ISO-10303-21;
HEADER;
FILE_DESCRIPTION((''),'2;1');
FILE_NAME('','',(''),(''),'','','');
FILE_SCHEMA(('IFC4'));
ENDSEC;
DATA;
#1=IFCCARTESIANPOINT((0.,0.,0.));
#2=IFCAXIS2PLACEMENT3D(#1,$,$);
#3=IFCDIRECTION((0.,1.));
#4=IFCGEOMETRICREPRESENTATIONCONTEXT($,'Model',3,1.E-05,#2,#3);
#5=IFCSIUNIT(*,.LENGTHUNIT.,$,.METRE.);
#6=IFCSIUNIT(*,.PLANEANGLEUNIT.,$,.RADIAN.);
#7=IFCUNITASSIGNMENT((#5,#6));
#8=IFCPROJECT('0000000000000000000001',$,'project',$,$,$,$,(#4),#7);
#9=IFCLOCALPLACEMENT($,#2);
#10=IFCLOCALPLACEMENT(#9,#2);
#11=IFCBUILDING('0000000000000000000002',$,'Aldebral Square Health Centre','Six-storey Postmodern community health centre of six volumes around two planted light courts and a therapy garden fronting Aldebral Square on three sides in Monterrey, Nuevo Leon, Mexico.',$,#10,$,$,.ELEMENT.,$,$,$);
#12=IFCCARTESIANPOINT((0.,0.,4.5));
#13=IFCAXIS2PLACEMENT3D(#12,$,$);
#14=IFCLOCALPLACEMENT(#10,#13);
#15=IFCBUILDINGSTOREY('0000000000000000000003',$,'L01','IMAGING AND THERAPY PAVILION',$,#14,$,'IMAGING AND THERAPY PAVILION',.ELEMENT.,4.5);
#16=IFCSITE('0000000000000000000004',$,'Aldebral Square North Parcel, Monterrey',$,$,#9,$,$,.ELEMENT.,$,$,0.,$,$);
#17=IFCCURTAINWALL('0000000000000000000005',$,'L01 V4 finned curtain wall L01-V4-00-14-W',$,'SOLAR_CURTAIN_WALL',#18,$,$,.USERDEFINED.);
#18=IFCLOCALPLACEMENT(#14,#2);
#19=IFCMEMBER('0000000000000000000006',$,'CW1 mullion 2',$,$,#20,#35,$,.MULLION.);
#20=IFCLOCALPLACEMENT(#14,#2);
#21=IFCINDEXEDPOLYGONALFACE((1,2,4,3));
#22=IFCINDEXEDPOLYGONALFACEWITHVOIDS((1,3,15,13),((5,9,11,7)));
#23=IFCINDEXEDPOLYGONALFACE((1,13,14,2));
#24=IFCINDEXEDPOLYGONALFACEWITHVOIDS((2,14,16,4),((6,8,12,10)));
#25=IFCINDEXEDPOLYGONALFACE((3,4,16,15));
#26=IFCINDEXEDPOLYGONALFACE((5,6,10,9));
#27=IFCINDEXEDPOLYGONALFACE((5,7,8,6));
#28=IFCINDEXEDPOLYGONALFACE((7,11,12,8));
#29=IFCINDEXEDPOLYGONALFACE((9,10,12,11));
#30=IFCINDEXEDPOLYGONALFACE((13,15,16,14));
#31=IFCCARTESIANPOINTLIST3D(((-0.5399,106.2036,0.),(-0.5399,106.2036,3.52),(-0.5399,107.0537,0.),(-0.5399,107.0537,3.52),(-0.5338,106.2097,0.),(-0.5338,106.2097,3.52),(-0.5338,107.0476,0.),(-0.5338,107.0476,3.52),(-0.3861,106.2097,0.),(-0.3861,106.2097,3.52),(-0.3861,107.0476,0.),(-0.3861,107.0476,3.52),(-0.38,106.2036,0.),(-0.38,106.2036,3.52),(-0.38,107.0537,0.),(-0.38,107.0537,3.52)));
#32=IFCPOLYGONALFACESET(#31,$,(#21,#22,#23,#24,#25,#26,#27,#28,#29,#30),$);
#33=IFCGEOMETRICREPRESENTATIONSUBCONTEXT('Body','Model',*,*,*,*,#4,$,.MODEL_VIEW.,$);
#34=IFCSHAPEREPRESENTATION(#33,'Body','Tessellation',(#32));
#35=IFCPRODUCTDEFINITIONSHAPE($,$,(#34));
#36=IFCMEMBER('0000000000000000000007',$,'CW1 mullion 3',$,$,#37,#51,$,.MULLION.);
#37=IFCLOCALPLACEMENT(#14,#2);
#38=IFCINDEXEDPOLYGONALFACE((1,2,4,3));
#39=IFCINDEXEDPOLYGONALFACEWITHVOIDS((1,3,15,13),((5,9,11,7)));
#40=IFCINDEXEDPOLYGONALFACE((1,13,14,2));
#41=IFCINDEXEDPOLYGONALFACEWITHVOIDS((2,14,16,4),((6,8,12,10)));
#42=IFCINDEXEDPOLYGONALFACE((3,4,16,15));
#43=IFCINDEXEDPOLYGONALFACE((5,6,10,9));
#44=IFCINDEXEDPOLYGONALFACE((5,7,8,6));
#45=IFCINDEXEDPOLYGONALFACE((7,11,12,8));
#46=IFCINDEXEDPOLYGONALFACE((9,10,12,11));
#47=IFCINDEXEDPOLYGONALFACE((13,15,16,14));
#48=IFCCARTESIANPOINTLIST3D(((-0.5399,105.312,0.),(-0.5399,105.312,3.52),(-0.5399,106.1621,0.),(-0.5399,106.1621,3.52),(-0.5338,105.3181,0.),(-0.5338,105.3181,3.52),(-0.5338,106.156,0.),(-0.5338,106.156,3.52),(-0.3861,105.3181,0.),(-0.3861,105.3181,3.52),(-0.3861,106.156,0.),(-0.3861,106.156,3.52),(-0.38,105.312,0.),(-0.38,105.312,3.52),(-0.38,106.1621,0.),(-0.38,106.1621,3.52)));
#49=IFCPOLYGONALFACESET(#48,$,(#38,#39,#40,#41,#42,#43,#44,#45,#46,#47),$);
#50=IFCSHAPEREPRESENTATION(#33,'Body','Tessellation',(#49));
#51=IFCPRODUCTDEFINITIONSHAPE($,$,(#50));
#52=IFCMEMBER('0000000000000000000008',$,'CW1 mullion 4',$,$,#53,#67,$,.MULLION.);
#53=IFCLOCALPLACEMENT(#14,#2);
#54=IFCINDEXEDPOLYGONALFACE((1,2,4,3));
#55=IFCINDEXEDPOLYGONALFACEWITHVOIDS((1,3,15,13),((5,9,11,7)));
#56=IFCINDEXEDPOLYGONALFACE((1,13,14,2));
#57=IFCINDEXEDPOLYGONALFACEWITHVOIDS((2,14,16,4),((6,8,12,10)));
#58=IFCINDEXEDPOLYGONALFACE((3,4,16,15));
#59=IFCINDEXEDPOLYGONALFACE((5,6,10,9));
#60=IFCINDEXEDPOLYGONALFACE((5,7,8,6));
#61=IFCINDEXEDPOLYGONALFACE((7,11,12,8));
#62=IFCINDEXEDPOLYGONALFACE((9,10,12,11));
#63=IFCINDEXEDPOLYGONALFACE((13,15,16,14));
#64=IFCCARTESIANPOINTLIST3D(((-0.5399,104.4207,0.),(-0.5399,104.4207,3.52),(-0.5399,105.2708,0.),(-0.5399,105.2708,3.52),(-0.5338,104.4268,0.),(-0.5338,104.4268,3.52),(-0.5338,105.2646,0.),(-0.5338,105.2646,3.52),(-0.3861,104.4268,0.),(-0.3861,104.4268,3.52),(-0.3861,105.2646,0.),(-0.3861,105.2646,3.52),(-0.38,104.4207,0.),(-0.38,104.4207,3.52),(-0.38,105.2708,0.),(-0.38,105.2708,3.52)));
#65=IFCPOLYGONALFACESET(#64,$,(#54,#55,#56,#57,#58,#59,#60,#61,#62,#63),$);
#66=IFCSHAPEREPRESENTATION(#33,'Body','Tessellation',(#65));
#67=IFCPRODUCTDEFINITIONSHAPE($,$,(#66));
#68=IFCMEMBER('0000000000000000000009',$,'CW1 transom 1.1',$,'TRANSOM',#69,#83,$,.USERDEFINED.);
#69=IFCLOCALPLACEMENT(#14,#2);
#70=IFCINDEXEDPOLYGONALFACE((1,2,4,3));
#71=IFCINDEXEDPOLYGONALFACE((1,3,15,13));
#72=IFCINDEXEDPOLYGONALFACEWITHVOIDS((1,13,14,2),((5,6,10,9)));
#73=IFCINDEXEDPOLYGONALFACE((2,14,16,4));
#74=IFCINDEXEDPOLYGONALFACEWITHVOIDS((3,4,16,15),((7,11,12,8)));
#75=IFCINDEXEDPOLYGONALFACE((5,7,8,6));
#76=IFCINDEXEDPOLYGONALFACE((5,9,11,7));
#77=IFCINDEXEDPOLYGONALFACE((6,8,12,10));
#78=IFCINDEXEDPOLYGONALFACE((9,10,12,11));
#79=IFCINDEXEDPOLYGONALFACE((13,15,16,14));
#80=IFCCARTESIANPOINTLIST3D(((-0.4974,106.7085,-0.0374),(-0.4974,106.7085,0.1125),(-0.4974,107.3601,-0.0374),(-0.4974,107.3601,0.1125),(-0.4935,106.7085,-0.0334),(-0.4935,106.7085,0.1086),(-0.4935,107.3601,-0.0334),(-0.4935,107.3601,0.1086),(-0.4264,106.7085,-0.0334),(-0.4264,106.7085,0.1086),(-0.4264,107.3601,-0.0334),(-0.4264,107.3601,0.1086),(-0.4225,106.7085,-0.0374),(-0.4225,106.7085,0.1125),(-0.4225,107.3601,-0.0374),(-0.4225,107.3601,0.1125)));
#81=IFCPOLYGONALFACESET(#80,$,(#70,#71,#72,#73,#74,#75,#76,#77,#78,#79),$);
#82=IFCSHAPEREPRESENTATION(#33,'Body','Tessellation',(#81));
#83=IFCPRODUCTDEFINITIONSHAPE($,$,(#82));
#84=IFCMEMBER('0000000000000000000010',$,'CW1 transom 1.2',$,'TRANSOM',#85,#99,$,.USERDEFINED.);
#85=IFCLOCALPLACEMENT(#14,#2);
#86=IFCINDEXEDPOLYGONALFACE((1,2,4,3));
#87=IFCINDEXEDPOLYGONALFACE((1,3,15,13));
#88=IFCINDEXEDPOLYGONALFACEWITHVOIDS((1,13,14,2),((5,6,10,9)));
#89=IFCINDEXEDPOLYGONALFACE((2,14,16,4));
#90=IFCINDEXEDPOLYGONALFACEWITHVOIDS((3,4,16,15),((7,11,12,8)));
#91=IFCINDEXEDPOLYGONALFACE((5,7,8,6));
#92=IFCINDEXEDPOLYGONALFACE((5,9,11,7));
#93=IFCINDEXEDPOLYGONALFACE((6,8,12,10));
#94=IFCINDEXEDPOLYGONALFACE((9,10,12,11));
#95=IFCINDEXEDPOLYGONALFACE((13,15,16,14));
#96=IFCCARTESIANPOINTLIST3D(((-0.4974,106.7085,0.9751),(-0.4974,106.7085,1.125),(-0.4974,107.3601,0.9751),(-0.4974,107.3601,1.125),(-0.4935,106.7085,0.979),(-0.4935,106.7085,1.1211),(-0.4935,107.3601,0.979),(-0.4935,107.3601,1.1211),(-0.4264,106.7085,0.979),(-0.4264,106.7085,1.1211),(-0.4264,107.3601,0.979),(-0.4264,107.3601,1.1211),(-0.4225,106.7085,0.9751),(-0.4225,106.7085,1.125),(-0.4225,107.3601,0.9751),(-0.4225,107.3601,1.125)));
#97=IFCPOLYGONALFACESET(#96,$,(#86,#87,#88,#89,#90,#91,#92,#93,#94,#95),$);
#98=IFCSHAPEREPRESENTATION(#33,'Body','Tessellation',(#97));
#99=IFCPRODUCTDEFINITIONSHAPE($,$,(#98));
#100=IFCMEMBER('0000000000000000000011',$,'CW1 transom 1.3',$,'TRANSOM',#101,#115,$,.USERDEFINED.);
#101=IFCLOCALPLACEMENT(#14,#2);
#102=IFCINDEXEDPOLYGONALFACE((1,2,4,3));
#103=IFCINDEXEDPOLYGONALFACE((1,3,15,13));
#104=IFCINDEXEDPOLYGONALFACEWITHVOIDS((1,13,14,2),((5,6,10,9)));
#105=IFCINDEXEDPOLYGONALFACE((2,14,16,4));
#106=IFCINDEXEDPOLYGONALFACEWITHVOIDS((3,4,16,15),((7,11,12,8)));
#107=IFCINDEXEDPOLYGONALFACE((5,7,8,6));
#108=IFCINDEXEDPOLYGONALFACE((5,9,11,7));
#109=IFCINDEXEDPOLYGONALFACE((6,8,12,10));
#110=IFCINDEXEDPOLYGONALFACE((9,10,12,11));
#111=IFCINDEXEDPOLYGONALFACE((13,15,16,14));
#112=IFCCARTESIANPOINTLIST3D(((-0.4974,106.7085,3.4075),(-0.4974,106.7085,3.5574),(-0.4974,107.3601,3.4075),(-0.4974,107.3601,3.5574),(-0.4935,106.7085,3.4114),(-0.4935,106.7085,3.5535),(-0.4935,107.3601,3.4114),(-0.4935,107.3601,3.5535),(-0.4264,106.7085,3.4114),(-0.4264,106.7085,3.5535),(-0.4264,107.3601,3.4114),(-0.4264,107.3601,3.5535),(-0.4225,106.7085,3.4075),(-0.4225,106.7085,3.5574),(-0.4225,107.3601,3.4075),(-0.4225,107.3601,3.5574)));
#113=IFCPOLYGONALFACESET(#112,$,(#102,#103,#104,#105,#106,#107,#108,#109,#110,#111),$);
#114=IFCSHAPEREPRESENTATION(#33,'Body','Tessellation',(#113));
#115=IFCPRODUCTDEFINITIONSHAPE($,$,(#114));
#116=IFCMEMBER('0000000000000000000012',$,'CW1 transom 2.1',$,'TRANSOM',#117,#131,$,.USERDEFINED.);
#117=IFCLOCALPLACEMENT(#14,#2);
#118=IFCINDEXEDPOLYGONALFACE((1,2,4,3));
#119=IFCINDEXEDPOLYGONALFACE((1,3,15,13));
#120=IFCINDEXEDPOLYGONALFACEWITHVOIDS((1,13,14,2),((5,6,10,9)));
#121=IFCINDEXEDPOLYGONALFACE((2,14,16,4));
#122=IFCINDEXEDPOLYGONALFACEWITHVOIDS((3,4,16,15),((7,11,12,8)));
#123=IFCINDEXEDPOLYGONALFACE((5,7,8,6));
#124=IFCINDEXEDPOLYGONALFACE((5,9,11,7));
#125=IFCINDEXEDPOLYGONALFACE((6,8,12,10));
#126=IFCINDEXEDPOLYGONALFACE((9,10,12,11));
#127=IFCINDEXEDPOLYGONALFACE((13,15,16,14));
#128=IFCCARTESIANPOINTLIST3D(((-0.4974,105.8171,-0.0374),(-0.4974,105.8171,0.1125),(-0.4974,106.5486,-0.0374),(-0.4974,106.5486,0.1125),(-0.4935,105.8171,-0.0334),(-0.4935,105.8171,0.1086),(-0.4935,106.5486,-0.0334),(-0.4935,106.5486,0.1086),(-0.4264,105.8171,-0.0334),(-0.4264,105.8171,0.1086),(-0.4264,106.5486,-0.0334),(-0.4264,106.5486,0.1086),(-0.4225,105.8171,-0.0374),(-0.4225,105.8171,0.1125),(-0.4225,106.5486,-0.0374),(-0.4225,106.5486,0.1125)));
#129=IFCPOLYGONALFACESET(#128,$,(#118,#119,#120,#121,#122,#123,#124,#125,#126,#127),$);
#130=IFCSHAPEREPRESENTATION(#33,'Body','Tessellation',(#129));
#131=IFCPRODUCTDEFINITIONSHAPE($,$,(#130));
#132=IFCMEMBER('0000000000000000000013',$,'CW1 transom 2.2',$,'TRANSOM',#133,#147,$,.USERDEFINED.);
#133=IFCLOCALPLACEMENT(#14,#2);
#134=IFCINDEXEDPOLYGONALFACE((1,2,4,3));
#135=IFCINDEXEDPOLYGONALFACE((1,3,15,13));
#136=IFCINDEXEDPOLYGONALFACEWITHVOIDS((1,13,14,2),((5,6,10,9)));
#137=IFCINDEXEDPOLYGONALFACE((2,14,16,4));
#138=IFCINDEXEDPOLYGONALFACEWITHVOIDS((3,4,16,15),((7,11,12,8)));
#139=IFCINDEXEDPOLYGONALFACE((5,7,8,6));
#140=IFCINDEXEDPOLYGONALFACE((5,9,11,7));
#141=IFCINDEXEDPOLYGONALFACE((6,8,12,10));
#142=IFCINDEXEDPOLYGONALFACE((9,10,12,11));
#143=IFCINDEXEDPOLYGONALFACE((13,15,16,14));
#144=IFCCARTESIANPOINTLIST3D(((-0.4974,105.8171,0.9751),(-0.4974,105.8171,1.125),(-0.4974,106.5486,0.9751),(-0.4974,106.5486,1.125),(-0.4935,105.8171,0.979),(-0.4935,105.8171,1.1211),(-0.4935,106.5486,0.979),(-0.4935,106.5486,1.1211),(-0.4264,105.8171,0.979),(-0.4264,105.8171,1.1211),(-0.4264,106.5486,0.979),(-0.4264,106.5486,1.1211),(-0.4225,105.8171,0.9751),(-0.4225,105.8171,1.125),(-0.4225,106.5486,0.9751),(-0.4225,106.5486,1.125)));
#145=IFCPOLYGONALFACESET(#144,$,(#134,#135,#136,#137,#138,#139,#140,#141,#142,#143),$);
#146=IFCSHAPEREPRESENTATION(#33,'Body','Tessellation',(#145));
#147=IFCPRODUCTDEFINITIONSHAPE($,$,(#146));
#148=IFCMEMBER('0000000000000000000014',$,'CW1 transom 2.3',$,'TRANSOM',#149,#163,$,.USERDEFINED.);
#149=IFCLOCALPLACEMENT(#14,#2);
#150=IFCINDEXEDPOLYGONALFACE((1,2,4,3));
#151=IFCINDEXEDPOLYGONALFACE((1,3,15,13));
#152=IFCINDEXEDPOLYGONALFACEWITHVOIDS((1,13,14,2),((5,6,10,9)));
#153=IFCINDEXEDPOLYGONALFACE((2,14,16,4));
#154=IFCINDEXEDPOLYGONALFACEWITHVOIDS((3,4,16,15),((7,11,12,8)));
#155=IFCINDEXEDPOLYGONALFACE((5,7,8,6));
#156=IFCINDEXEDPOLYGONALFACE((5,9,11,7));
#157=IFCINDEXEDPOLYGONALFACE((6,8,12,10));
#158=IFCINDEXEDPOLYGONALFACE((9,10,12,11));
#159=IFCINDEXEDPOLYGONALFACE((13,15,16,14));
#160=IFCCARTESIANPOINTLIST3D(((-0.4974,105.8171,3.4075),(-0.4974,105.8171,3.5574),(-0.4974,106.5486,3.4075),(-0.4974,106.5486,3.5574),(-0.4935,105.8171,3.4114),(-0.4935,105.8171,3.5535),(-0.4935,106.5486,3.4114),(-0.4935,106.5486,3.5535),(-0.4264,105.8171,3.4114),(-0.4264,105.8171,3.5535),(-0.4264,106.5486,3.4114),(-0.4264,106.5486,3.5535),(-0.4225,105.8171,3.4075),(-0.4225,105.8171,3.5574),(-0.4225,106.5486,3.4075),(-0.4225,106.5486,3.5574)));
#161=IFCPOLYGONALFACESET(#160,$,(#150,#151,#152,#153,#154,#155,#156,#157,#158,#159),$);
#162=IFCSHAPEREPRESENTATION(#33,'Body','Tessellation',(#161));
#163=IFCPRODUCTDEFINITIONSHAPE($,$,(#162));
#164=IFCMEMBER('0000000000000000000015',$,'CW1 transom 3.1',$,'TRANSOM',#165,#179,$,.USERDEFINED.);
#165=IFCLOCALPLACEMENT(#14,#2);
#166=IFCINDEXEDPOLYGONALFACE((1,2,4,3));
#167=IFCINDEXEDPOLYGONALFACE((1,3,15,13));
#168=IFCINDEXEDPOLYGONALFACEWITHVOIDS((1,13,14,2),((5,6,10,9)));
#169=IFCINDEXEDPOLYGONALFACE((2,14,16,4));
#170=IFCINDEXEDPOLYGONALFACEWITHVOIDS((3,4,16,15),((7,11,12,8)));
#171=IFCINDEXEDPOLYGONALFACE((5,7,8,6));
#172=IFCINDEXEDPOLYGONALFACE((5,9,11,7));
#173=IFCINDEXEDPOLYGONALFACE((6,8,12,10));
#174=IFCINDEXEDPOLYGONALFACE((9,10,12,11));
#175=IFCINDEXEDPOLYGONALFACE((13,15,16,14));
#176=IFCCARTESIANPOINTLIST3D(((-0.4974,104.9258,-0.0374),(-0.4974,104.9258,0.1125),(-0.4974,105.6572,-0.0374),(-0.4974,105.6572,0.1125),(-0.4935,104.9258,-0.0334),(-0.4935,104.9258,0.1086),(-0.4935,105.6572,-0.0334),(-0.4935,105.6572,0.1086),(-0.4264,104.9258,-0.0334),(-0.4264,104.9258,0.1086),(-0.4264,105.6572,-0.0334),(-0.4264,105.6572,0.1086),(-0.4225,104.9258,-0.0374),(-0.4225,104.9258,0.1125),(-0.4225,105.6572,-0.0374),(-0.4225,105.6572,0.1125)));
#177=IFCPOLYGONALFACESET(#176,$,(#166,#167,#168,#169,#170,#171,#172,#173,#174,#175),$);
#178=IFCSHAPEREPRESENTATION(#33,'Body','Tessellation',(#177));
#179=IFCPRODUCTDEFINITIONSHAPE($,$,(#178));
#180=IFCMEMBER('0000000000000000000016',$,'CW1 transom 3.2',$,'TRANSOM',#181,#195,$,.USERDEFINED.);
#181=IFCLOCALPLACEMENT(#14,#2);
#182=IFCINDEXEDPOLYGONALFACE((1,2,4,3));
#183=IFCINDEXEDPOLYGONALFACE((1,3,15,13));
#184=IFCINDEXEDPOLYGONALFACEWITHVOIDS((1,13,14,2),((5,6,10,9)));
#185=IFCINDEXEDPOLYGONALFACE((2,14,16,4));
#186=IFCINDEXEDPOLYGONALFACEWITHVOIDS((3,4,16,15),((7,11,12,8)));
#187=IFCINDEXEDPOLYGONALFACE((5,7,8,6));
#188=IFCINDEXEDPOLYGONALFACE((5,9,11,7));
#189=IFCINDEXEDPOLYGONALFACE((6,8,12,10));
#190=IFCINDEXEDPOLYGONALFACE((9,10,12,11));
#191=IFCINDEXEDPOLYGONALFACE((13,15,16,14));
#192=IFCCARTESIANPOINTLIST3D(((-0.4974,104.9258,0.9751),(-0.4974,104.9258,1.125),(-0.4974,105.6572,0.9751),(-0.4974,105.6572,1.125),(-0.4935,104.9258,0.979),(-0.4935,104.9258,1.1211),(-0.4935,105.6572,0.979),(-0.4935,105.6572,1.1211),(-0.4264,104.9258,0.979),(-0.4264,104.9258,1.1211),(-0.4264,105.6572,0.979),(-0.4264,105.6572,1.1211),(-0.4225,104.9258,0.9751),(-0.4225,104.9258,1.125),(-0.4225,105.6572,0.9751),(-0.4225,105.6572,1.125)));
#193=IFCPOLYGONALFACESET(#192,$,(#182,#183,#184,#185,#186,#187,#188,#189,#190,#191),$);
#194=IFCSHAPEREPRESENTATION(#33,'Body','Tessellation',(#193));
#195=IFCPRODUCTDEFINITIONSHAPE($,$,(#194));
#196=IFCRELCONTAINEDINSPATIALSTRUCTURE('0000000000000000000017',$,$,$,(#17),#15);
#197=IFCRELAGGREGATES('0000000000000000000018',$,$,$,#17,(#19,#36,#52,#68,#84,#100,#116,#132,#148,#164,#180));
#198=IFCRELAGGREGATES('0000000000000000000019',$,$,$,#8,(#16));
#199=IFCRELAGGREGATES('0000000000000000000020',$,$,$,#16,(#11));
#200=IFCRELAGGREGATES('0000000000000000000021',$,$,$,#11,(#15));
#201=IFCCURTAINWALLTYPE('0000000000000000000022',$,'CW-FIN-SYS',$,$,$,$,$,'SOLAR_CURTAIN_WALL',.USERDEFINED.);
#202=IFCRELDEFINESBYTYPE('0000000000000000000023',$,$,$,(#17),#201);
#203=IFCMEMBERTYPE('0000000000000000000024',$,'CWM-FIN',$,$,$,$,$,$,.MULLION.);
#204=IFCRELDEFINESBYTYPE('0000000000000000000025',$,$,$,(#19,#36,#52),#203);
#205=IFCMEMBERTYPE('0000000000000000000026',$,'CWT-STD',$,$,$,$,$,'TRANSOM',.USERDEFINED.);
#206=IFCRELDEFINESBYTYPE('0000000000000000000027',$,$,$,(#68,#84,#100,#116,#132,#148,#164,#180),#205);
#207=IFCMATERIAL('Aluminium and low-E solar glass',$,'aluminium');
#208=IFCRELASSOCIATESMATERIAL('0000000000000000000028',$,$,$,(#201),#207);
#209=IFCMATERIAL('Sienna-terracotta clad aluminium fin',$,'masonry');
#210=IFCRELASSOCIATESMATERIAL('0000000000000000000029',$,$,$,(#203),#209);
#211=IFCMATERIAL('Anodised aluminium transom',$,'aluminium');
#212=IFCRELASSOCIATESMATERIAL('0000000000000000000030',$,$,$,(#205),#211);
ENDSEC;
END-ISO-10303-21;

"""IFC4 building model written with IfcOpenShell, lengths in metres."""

from ifc_helpers import new_model, si_unit, direction, frame, origin, origin_2d, place, context, subcontext, project, spatial, hollow_rectangle, extrude, material, material_profile, profile_set, type_object, element, aggregate, save


model = new_model("IFC4")

# Units and contexts
model_context = context("Model", 3, precision=1e-05, world=origin(), true_north=direction((0.0, 1.0)))
body_context = subcontext(model_context, "Body", "Model", "MODEL_VIEW")
ifc_project = project(units=[si_unit("LENGTHUNIT", "METRE"), si_unit("PLANEANGLEUNIT", "RADIAN")], contexts=[model_context])

# Site, building, storey
site_placement = place(None, origin())
site = spatial("IfcSite", under=ifc_project, at=site_placement, Name="Aldebral Square North Parcel, Monterrey", CompositionType="ELEMENT", RefElevation=0.0)
building_placement = place(site_placement, origin())
building = spatial("IfcBuilding", under=site, at=building_placement, Name="Aldebral Square Health Centre", Description="Six-storey Postmodern community health centre of six volumes around two planted light courts and a therapy garden fronting Aldebral Square on three sides in Monterrey, Nuevo Leon, Mexico.", CompositionType="ELEMENT")
storey_placement = place(building_placement, frame((0.0, 0.0, 4.5)))
storey = spatial("IfcBuildingStorey", under=building, at=storey_placement, Name="L01", Description="IMAGING AND THERAPY PAVILION", LongName="IMAGING AND THERAPY PAVILION", CompositionType="ELEMENT", Elevation=4.5)

# Curtain wall, members
ifc_material_1 = material(Name="Aluminium and low-E solar glass", Category="aluminium")
curtain_wall_type = type_object("IfcCurtainWallType", Name="CW-FIN-SYS", ElementType="SOLAR_CURTAIN_WALL", PredefinedType="USERDEFINED", material=ifc_material_1)
curtain_wall_placement = place(storey_placement, origin())
curtain_wall = element("IfcCurtainWall", 1, at=curtain_wall_placement, inside=storey, type_object=curtain_wall_type, Name="L01 V4 finned curtain wall L01-V4-00-14-W", ObjectType="SOLAR_CURTAIN_WALL", PredefinedType="USERDEFINED")
ifc_material_2 = material(Name="Sienna-terracotta clad aluminium fin", Category="masonry")
ifc_material_profile_1 = material_profile(ifc_material_2, hollow_rectangle(XDim=0.1599, YDim=0.8501, WallThickness=0.0061, at=origin_2d()), Name="FIN 160x850x6")
ifc_profile_set_1 = profile_set([ifc_material_profile_1], Name="Sienna-terracotta clad aluminium fin")
member_type_1 = type_object("IfcMemberType", Name="CWM-FIN", PredefinedType="MULLION", material=ifc_profile_set_1)
member_1_placement = place(storey_placement, frame((-0.46, 106.6287, 0.0), z_axis=(0.0, 0.0, 1.0), x_axis=(1.0, 0.0, 0.0)))
member_1 = element("IfcMember", 2, at=member_1_placement, type_object=member_type_1, Name="CW1 mullion 2", PredefinedType="MULLION", context=body_context, shape_type="SweptSolid", body=[
    extrude(hollow_rectangle(XDim=0.1599, YDim=0.8501, WallThickness=0.0061, at=origin_2d()), origin(), (0.0, 0.0, 1.0), 3.52),
])
member_2_placement = place(storey_placement, frame((-0.46, 105.7371, 0.0), z_axis=(0.0, 0.0, 1.0), x_axis=(1.0, 0.0, 0.0)))
member_2 = element("IfcMember", 3, at=member_2_placement, type_object=member_type_1, Name="CW1 mullion 3", PredefinedType="MULLION", context=body_context, shape_type="SweptSolid", body=[
    extrude(hollow_rectangle(XDim=0.1599, YDim=0.8501, WallThickness=0.0061, at=origin_2d()), origin(), (0.0, 0.0, 1.0), 3.52),
])
member_3_placement = place(storey_placement, frame((-0.46, 104.8457, 0.0), z_axis=(0.0, 0.0, 1.0), x_axis=(1.0, 0.0, 0.0)))
member_3 = element("IfcMember", 4, at=member_3_placement, type_object=member_type_1, Name="CW1 mullion 4", PredefinedType="MULLION", context=body_context, shape_type="SweptSolid", body=[
    extrude(hollow_rectangle(XDim=0.1599, YDim=0.8501, WallThickness=0.0061, at=origin_2d()), origin(), (0.0, 0.0, 1.0), 3.52),
])
ifc_material_3 = material(Name="Anodised aluminium transom", Category="aluminium")
ifc_material_profile_2 = material_profile(ifc_material_3, hollow_rectangle(XDim=0.075, YDim=0.1499, WallThickness=0.0039, at=origin_2d()), Name="CWT 75x150x4")
ifc_profile_set_2 = profile_set([ifc_material_profile_2], Name="Anodised aluminium transom")
member_type_2 = type_object("IfcMemberType", Name="CWT-STD", ElementType="TRANSOM", PredefinedType="USERDEFINED", material=ifc_profile_set_2)
member_4_placement = place(storey_placement, frame((-0.46, 107.3601, 0.0376), z_axis=(0.0, -1.0, 0.0), x_axis=(1.0, 0.0, 0.0)))
member_4 = element("IfcMember", 5, at=member_4_placement, type_object=member_type_2, Name="CW1 transom 1.1", ObjectType="TRANSOM", PredefinedType="USERDEFINED", context=body_context, shape_type="SweptSolid", body=[
    extrude(hollow_rectangle(XDim=0.075, YDim=0.1499, WallThickness=0.0039, at=origin_2d()), origin(), (0.0, 0.0, 1.0), 0.6516),
])
member_5_placement = place(storey_placement, frame((-0.46, 107.3601, 1.05), z_axis=(0.0, -1.0, 0.0), x_axis=(1.0, 0.0, 0.0)))
member_5 = element("IfcMember", 6, at=member_5_placement, type_object=member_type_2, Name="CW1 transom 1.2", ObjectType="TRANSOM", PredefinedType="USERDEFINED", context=body_context, shape_type="SweptSolid", body=[
    extrude(hollow_rectangle(XDim=0.075, YDim=0.1499, WallThickness=0.0039, at=origin_2d()), origin(), (0.0, 0.0, 1.0), 0.6516),
])
member_6_placement = place(storey_placement, frame((-0.46, 107.3601, 3.4824), z_axis=(0.0, -1.0, 0.0), x_axis=(1.0, 0.0, 0.0)))
member_6 = element("IfcMember", 7, at=member_6_placement, type_object=member_type_2, Name="CW1 transom 1.3", ObjectType="TRANSOM", PredefinedType="USERDEFINED", context=body_context, shape_type="SweptSolid", body=[
    extrude(hollow_rectangle(XDim=0.075, YDim=0.1499, WallThickness=0.0039, at=origin_2d()), origin(), (0.0, 0.0, 1.0), 0.6516),
])
member_7_placement = place(storey_placement, frame((-0.46, 106.5486, 0.0376), z_axis=(0.0, -1.0, 0.0), x_axis=(1.0, 0.0, 0.0)))
member_7 = element("IfcMember", 8, at=member_7_placement, type_object=member_type_2, Name="CW1 transom 2.1", ObjectType="TRANSOM", PredefinedType="USERDEFINED", context=body_context, shape_type="SweptSolid", body=[
    extrude(hollow_rectangle(XDim=0.075, YDim=0.1499, WallThickness=0.0039, at=origin_2d()), origin(), (0.0, 0.0, 1.0), 0.7314),
])
member_8_placement = place(storey_placement, frame((-0.46, 106.5486, 1.05), z_axis=(0.0, -1.0, 0.0), x_axis=(1.0, 0.0, 0.0)))
member_8 = element("IfcMember", 9, at=member_8_placement, type_object=member_type_2, Name="CW1 transom 2.2", ObjectType="TRANSOM", PredefinedType="USERDEFINED", context=body_context, shape_type="SweptSolid", body=[
    extrude(hollow_rectangle(XDim=0.075, YDim=0.1499, WallThickness=0.0039, at=origin_2d()), origin(), (0.0, 0.0, 1.0), 0.7314),
])
member_9_placement = place(storey_placement, frame((-0.46, 106.5486, 3.4824), z_axis=(0.0, -1.0, 0.0), x_axis=(1.0, 0.0, 0.0)))
member_9 = element("IfcMember", 10, at=member_9_placement, type_object=member_type_2, Name="CW1 transom 2.3", ObjectType="TRANSOM", PredefinedType="USERDEFINED", context=body_context, shape_type="SweptSolid", body=[
    extrude(hollow_rectangle(XDim=0.075, YDim=0.1499, WallThickness=0.0039, at=origin_2d()), origin(), (0.0, 0.0, 1.0), 0.7314),
])
member_10_placement = place(storey_placement, frame((-0.46, 105.6572, 0.0376), z_axis=(0.0, -1.0, 0.0), x_axis=(1.0, 0.0, 0.0)))
member_10 = element("IfcMember", 11, at=member_10_placement, type_object=member_type_2, Name="CW1 transom 3.1", ObjectType="TRANSOM", PredefinedType="USERDEFINED", context=body_context, shape_type="SweptSolid", body=[
    extrude(hollow_rectangle(XDim=0.075, YDim=0.1499, WallThickness=0.0039, at=origin_2d()), origin(), (0.0, 0.0, 1.0), 0.7314),
])
member_11_placement = place(storey_placement, frame((-0.46, 105.6572, 1.05), z_axis=(0.0, -1.0, 0.0), x_axis=(1.0, 0.0, 0.0)))
member_11 = element("IfcMember", 12, at=member_11_placement, type_object=member_type_2, Name="CW1 transom 3.2", ObjectType="TRANSOM", PredefinedType="USERDEFINED", context=body_context, shape_type="SweptSolid", body=[
    extrude(hollow_rectangle(XDim=0.075, YDim=0.1499, WallThickness=0.0039, at=origin_2d()), origin(), (0.0, 0.0, 1.0), 0.7314),
])
aggregate(curtain_wall, [member_1, member_2, member_3, member_4, member_5, member_6, member_7, member_8, member_9, member_10, member_11])

save(model, "model.ifc")
